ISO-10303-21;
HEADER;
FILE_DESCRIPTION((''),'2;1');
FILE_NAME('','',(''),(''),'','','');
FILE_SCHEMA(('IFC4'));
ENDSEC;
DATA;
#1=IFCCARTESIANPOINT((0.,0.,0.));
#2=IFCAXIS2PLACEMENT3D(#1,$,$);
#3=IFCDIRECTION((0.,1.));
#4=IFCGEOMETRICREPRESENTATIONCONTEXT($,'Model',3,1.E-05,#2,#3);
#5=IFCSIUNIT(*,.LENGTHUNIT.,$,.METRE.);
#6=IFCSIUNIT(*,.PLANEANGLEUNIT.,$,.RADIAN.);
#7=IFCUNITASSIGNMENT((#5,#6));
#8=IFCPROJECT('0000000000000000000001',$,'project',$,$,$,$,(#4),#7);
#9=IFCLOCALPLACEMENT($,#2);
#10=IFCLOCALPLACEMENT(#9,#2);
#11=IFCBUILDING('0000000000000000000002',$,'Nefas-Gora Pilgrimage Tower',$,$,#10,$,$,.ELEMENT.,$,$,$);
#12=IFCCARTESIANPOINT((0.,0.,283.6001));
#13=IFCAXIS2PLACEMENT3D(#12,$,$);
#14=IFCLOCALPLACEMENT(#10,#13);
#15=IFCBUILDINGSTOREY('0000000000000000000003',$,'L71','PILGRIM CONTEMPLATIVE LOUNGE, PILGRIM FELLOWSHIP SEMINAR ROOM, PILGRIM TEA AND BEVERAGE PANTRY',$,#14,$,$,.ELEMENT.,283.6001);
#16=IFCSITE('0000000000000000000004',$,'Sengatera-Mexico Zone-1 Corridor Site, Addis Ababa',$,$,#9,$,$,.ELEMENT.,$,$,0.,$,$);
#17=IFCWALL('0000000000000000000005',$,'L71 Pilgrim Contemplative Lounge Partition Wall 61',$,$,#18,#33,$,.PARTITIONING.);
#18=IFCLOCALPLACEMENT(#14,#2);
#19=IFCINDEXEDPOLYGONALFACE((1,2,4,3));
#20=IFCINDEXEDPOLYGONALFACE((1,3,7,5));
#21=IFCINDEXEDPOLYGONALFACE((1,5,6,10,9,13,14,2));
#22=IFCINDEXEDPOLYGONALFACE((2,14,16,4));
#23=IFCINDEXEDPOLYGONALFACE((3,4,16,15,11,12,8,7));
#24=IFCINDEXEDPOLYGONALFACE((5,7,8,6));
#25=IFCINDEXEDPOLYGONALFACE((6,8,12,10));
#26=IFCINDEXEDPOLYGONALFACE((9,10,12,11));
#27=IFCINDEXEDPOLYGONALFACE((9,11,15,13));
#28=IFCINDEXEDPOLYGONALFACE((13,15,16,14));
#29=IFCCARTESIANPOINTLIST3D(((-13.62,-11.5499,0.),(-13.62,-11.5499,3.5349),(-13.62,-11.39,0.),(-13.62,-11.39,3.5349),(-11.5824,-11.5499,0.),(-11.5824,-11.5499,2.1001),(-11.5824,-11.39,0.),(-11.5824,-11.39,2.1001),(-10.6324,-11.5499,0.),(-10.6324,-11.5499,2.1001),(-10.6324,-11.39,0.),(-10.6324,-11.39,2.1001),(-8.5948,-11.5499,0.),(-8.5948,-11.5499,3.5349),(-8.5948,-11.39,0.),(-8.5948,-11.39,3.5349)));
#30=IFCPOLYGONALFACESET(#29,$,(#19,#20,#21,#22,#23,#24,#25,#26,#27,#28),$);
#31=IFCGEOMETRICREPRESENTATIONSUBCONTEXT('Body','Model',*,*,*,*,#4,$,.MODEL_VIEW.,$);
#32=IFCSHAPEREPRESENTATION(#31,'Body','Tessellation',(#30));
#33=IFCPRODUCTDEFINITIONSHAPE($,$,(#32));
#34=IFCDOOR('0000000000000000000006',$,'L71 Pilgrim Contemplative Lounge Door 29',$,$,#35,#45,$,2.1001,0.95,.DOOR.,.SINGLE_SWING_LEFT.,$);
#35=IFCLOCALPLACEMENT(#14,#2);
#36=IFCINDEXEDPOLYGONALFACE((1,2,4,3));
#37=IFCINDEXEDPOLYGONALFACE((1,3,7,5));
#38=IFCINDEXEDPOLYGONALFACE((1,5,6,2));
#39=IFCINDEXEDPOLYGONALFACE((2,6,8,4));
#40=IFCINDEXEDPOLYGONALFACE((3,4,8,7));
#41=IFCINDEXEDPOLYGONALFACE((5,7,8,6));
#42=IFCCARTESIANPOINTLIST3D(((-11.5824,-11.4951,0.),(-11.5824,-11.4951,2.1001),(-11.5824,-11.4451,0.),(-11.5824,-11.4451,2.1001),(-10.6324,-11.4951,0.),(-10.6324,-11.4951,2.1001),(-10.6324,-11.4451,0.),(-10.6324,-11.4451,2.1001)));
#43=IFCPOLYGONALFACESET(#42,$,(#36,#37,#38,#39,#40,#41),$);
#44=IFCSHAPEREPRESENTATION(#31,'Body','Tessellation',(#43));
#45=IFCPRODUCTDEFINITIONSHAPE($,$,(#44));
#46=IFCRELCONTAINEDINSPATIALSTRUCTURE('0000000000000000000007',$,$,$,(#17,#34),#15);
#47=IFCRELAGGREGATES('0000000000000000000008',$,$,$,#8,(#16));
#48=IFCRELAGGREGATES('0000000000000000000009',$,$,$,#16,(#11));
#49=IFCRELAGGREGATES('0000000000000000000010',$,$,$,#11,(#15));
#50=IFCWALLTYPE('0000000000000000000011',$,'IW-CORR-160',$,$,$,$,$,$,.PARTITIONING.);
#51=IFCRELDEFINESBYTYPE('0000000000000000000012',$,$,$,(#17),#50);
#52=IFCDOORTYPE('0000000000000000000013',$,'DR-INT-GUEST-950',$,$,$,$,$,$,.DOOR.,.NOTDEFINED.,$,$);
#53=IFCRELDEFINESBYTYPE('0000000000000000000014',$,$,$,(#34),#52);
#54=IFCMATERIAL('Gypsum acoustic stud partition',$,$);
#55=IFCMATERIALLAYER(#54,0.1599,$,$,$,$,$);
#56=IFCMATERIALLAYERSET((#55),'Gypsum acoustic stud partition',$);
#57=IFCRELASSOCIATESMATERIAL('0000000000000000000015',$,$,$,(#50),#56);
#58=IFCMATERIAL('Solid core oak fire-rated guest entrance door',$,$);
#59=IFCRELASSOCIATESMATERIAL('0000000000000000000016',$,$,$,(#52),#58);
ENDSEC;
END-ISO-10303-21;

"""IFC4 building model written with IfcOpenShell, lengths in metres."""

from ifc_helpers import new_model, si_unit, direction, frame, frame_2d, origin, place, context, subcontext, project, spatial, rectangle, extrude, source, transform, mapped, material, layer, layer_set, type_object, element, fill, save


model = new_model("IFC4")

# Units and contexts
model_context = context("Model", 3, precision=1e-05, world=origin(), true_north=direction((0.0, 1.0)))
body_context = subcontext(model_context, "Body", "Model", "MODEL_VIEW")
ifc_project = project(units=[si_unit("LENGTHUNIT", "METRE"), si_unit("PLANEANGLEUNIT", "RADIAN")], contexts=[model_context])

# Site, building, storey
site_placement = place(None, origin())
site = spatial("IfcSite", under=ifc_project, at=site_placement, Name="Sengatera-Mexico Zone-1 Corridor Site, Addis Ababa", CompositionType="ELEMENT", RefElevation=0.0)
building_placement = place(site_placement, origin())
building = spatial("IfcBuilding", under=site, at=building_placement, Name="Nefas-Gora Pilgrimage Tower", CompositionType="ELEMENT")
storey_placement = place(building_placement, frame((0.0, 0.0, 283.6001)))
storey = spatial("IfcBuildingStorey", under=building, at=storey_placement, Name="L71", Description="PILGRIM CONTEMPLATIVE LOUNGE, PILGRIM FELLOWSHIP SEMINAR ROOM, PILGRIM TEA AND BEVERAGE PANTRY", CompositionType="ELEMENT", Elevation=283.6001)

# Wall, opening, door
ifc_material_1 = material(Name="Gypsum acoustic stud partition")
ifc_layer_1 = layer(ifc_material_1, 0.1599)
ifc_layer_set_1 = layer_set([ifc_layer_1], Name="Gypsum acoustic stud partition")
wall_type_1 = type_object("IfcWallType", Name="IW-CORR-160", PredefinedType="PARTITIONING", material=ifc_layer_set_1)
ifc_material_2 = material(Name="Solid core oak fire-rated guest entrance door")
door_type = type_object("IfcDoorType", Name="DR-INT-GUEST-950", OperationType="NOTDEFINED", PredefinedType="DOOR", material=ifc_material_2)
shared_shape_1 = source(origin(), body_context, "Body", "SweptSolid", [
    extrude(rectangle(XDim=0.95, YDim=2.1001, at=frame_2d((0.4751, 1.05))), frame((0.0, 0.0249, 0.0), z_axis=(0.0, -1.0, 0.0), x_axis=(1.0, 0.0, 0.0)), (0.0, 0.0, 1.0), 0.05),
])
shared_shape_2 = source(origin(), body_context, "Body", "SweptSolid", [
    extrude(rectangle(XDim=5.0251, YDim=0.1599, at=frame_2d((2.5127, 0.0))), origin(), (0.0, 0.0, 1.0), 3.5349),
])
wall_1_placement = place(storey_placement, frame((-13.6201, -11.47, 0.0), z_axis=(0.0, 0.0, 1.0), x_axis=(1.0, 0.0, 0.0)))
wall_1 = element("IfcWall", 1, at=wall_1_placement, inside=storey, type_object=wall_type_1, Name="L71 Pilgrim Contemplative Lounge Partition Wall 61", PredefinedType="PARTITIONING", context=body_context, shape_type="MappedRepresentation", body=[
    mapped(shared_shape_2, transform((0.0, 0.0, 0.0), x_axis=(1.0, 0.0, 0.0), y_axis=(0.0, 1.0, 0.0), z_axis=(0.0, 0.0, 1.0), scale=1.0)),
])
opening_1_placement = place(wall_1_placement, frame((2.0376, 0.0, 0.0)))
opening_1 = element("IfcOpeningElement", 2, at=opening_1_placement, cuts=wall_1, PredefinedType="OPENING", context=body_context, shape_type="SweptSolid", body=[
    extrude(rectangle(XDim=0.95, YDim=2.1001, at=frame_2d((0.4751, 1.05))), frame((0.0, 0.0898, 0.0), z_axis=(0.0, -1.0, 0.0), x_axis=(1.0, 0.0, 0.0)), (0.0, 0.0, 1.0), 0.1799),
])
door_1_placement = place(opening_1_placement, origin())
door_1 = element("IfcDoor", 3, at=door_1_placement, inside=storey, type_object=door_type, Name="L71 Pilgrim Contemplative Lounge Door 29", OperationType="SINGLE_SWING_LEFT", OverallHeight=2.1001, OverallWidth=0.95, PredefinedType="DOOR", context=body_context, shape_type="MappedRepresentation", body=[
    mapped(shared_shape_1, transform((0.0, 0.0, 0.0), x_axis=(1.0, 0.0, 0.0), y_axis=(0.0, 1.0, 0.0), z_axis=(0.0, 0.0, 1.0), scale=1.0)),
])
fill(opening_1, door_1)

save(model, "model.ifc")
